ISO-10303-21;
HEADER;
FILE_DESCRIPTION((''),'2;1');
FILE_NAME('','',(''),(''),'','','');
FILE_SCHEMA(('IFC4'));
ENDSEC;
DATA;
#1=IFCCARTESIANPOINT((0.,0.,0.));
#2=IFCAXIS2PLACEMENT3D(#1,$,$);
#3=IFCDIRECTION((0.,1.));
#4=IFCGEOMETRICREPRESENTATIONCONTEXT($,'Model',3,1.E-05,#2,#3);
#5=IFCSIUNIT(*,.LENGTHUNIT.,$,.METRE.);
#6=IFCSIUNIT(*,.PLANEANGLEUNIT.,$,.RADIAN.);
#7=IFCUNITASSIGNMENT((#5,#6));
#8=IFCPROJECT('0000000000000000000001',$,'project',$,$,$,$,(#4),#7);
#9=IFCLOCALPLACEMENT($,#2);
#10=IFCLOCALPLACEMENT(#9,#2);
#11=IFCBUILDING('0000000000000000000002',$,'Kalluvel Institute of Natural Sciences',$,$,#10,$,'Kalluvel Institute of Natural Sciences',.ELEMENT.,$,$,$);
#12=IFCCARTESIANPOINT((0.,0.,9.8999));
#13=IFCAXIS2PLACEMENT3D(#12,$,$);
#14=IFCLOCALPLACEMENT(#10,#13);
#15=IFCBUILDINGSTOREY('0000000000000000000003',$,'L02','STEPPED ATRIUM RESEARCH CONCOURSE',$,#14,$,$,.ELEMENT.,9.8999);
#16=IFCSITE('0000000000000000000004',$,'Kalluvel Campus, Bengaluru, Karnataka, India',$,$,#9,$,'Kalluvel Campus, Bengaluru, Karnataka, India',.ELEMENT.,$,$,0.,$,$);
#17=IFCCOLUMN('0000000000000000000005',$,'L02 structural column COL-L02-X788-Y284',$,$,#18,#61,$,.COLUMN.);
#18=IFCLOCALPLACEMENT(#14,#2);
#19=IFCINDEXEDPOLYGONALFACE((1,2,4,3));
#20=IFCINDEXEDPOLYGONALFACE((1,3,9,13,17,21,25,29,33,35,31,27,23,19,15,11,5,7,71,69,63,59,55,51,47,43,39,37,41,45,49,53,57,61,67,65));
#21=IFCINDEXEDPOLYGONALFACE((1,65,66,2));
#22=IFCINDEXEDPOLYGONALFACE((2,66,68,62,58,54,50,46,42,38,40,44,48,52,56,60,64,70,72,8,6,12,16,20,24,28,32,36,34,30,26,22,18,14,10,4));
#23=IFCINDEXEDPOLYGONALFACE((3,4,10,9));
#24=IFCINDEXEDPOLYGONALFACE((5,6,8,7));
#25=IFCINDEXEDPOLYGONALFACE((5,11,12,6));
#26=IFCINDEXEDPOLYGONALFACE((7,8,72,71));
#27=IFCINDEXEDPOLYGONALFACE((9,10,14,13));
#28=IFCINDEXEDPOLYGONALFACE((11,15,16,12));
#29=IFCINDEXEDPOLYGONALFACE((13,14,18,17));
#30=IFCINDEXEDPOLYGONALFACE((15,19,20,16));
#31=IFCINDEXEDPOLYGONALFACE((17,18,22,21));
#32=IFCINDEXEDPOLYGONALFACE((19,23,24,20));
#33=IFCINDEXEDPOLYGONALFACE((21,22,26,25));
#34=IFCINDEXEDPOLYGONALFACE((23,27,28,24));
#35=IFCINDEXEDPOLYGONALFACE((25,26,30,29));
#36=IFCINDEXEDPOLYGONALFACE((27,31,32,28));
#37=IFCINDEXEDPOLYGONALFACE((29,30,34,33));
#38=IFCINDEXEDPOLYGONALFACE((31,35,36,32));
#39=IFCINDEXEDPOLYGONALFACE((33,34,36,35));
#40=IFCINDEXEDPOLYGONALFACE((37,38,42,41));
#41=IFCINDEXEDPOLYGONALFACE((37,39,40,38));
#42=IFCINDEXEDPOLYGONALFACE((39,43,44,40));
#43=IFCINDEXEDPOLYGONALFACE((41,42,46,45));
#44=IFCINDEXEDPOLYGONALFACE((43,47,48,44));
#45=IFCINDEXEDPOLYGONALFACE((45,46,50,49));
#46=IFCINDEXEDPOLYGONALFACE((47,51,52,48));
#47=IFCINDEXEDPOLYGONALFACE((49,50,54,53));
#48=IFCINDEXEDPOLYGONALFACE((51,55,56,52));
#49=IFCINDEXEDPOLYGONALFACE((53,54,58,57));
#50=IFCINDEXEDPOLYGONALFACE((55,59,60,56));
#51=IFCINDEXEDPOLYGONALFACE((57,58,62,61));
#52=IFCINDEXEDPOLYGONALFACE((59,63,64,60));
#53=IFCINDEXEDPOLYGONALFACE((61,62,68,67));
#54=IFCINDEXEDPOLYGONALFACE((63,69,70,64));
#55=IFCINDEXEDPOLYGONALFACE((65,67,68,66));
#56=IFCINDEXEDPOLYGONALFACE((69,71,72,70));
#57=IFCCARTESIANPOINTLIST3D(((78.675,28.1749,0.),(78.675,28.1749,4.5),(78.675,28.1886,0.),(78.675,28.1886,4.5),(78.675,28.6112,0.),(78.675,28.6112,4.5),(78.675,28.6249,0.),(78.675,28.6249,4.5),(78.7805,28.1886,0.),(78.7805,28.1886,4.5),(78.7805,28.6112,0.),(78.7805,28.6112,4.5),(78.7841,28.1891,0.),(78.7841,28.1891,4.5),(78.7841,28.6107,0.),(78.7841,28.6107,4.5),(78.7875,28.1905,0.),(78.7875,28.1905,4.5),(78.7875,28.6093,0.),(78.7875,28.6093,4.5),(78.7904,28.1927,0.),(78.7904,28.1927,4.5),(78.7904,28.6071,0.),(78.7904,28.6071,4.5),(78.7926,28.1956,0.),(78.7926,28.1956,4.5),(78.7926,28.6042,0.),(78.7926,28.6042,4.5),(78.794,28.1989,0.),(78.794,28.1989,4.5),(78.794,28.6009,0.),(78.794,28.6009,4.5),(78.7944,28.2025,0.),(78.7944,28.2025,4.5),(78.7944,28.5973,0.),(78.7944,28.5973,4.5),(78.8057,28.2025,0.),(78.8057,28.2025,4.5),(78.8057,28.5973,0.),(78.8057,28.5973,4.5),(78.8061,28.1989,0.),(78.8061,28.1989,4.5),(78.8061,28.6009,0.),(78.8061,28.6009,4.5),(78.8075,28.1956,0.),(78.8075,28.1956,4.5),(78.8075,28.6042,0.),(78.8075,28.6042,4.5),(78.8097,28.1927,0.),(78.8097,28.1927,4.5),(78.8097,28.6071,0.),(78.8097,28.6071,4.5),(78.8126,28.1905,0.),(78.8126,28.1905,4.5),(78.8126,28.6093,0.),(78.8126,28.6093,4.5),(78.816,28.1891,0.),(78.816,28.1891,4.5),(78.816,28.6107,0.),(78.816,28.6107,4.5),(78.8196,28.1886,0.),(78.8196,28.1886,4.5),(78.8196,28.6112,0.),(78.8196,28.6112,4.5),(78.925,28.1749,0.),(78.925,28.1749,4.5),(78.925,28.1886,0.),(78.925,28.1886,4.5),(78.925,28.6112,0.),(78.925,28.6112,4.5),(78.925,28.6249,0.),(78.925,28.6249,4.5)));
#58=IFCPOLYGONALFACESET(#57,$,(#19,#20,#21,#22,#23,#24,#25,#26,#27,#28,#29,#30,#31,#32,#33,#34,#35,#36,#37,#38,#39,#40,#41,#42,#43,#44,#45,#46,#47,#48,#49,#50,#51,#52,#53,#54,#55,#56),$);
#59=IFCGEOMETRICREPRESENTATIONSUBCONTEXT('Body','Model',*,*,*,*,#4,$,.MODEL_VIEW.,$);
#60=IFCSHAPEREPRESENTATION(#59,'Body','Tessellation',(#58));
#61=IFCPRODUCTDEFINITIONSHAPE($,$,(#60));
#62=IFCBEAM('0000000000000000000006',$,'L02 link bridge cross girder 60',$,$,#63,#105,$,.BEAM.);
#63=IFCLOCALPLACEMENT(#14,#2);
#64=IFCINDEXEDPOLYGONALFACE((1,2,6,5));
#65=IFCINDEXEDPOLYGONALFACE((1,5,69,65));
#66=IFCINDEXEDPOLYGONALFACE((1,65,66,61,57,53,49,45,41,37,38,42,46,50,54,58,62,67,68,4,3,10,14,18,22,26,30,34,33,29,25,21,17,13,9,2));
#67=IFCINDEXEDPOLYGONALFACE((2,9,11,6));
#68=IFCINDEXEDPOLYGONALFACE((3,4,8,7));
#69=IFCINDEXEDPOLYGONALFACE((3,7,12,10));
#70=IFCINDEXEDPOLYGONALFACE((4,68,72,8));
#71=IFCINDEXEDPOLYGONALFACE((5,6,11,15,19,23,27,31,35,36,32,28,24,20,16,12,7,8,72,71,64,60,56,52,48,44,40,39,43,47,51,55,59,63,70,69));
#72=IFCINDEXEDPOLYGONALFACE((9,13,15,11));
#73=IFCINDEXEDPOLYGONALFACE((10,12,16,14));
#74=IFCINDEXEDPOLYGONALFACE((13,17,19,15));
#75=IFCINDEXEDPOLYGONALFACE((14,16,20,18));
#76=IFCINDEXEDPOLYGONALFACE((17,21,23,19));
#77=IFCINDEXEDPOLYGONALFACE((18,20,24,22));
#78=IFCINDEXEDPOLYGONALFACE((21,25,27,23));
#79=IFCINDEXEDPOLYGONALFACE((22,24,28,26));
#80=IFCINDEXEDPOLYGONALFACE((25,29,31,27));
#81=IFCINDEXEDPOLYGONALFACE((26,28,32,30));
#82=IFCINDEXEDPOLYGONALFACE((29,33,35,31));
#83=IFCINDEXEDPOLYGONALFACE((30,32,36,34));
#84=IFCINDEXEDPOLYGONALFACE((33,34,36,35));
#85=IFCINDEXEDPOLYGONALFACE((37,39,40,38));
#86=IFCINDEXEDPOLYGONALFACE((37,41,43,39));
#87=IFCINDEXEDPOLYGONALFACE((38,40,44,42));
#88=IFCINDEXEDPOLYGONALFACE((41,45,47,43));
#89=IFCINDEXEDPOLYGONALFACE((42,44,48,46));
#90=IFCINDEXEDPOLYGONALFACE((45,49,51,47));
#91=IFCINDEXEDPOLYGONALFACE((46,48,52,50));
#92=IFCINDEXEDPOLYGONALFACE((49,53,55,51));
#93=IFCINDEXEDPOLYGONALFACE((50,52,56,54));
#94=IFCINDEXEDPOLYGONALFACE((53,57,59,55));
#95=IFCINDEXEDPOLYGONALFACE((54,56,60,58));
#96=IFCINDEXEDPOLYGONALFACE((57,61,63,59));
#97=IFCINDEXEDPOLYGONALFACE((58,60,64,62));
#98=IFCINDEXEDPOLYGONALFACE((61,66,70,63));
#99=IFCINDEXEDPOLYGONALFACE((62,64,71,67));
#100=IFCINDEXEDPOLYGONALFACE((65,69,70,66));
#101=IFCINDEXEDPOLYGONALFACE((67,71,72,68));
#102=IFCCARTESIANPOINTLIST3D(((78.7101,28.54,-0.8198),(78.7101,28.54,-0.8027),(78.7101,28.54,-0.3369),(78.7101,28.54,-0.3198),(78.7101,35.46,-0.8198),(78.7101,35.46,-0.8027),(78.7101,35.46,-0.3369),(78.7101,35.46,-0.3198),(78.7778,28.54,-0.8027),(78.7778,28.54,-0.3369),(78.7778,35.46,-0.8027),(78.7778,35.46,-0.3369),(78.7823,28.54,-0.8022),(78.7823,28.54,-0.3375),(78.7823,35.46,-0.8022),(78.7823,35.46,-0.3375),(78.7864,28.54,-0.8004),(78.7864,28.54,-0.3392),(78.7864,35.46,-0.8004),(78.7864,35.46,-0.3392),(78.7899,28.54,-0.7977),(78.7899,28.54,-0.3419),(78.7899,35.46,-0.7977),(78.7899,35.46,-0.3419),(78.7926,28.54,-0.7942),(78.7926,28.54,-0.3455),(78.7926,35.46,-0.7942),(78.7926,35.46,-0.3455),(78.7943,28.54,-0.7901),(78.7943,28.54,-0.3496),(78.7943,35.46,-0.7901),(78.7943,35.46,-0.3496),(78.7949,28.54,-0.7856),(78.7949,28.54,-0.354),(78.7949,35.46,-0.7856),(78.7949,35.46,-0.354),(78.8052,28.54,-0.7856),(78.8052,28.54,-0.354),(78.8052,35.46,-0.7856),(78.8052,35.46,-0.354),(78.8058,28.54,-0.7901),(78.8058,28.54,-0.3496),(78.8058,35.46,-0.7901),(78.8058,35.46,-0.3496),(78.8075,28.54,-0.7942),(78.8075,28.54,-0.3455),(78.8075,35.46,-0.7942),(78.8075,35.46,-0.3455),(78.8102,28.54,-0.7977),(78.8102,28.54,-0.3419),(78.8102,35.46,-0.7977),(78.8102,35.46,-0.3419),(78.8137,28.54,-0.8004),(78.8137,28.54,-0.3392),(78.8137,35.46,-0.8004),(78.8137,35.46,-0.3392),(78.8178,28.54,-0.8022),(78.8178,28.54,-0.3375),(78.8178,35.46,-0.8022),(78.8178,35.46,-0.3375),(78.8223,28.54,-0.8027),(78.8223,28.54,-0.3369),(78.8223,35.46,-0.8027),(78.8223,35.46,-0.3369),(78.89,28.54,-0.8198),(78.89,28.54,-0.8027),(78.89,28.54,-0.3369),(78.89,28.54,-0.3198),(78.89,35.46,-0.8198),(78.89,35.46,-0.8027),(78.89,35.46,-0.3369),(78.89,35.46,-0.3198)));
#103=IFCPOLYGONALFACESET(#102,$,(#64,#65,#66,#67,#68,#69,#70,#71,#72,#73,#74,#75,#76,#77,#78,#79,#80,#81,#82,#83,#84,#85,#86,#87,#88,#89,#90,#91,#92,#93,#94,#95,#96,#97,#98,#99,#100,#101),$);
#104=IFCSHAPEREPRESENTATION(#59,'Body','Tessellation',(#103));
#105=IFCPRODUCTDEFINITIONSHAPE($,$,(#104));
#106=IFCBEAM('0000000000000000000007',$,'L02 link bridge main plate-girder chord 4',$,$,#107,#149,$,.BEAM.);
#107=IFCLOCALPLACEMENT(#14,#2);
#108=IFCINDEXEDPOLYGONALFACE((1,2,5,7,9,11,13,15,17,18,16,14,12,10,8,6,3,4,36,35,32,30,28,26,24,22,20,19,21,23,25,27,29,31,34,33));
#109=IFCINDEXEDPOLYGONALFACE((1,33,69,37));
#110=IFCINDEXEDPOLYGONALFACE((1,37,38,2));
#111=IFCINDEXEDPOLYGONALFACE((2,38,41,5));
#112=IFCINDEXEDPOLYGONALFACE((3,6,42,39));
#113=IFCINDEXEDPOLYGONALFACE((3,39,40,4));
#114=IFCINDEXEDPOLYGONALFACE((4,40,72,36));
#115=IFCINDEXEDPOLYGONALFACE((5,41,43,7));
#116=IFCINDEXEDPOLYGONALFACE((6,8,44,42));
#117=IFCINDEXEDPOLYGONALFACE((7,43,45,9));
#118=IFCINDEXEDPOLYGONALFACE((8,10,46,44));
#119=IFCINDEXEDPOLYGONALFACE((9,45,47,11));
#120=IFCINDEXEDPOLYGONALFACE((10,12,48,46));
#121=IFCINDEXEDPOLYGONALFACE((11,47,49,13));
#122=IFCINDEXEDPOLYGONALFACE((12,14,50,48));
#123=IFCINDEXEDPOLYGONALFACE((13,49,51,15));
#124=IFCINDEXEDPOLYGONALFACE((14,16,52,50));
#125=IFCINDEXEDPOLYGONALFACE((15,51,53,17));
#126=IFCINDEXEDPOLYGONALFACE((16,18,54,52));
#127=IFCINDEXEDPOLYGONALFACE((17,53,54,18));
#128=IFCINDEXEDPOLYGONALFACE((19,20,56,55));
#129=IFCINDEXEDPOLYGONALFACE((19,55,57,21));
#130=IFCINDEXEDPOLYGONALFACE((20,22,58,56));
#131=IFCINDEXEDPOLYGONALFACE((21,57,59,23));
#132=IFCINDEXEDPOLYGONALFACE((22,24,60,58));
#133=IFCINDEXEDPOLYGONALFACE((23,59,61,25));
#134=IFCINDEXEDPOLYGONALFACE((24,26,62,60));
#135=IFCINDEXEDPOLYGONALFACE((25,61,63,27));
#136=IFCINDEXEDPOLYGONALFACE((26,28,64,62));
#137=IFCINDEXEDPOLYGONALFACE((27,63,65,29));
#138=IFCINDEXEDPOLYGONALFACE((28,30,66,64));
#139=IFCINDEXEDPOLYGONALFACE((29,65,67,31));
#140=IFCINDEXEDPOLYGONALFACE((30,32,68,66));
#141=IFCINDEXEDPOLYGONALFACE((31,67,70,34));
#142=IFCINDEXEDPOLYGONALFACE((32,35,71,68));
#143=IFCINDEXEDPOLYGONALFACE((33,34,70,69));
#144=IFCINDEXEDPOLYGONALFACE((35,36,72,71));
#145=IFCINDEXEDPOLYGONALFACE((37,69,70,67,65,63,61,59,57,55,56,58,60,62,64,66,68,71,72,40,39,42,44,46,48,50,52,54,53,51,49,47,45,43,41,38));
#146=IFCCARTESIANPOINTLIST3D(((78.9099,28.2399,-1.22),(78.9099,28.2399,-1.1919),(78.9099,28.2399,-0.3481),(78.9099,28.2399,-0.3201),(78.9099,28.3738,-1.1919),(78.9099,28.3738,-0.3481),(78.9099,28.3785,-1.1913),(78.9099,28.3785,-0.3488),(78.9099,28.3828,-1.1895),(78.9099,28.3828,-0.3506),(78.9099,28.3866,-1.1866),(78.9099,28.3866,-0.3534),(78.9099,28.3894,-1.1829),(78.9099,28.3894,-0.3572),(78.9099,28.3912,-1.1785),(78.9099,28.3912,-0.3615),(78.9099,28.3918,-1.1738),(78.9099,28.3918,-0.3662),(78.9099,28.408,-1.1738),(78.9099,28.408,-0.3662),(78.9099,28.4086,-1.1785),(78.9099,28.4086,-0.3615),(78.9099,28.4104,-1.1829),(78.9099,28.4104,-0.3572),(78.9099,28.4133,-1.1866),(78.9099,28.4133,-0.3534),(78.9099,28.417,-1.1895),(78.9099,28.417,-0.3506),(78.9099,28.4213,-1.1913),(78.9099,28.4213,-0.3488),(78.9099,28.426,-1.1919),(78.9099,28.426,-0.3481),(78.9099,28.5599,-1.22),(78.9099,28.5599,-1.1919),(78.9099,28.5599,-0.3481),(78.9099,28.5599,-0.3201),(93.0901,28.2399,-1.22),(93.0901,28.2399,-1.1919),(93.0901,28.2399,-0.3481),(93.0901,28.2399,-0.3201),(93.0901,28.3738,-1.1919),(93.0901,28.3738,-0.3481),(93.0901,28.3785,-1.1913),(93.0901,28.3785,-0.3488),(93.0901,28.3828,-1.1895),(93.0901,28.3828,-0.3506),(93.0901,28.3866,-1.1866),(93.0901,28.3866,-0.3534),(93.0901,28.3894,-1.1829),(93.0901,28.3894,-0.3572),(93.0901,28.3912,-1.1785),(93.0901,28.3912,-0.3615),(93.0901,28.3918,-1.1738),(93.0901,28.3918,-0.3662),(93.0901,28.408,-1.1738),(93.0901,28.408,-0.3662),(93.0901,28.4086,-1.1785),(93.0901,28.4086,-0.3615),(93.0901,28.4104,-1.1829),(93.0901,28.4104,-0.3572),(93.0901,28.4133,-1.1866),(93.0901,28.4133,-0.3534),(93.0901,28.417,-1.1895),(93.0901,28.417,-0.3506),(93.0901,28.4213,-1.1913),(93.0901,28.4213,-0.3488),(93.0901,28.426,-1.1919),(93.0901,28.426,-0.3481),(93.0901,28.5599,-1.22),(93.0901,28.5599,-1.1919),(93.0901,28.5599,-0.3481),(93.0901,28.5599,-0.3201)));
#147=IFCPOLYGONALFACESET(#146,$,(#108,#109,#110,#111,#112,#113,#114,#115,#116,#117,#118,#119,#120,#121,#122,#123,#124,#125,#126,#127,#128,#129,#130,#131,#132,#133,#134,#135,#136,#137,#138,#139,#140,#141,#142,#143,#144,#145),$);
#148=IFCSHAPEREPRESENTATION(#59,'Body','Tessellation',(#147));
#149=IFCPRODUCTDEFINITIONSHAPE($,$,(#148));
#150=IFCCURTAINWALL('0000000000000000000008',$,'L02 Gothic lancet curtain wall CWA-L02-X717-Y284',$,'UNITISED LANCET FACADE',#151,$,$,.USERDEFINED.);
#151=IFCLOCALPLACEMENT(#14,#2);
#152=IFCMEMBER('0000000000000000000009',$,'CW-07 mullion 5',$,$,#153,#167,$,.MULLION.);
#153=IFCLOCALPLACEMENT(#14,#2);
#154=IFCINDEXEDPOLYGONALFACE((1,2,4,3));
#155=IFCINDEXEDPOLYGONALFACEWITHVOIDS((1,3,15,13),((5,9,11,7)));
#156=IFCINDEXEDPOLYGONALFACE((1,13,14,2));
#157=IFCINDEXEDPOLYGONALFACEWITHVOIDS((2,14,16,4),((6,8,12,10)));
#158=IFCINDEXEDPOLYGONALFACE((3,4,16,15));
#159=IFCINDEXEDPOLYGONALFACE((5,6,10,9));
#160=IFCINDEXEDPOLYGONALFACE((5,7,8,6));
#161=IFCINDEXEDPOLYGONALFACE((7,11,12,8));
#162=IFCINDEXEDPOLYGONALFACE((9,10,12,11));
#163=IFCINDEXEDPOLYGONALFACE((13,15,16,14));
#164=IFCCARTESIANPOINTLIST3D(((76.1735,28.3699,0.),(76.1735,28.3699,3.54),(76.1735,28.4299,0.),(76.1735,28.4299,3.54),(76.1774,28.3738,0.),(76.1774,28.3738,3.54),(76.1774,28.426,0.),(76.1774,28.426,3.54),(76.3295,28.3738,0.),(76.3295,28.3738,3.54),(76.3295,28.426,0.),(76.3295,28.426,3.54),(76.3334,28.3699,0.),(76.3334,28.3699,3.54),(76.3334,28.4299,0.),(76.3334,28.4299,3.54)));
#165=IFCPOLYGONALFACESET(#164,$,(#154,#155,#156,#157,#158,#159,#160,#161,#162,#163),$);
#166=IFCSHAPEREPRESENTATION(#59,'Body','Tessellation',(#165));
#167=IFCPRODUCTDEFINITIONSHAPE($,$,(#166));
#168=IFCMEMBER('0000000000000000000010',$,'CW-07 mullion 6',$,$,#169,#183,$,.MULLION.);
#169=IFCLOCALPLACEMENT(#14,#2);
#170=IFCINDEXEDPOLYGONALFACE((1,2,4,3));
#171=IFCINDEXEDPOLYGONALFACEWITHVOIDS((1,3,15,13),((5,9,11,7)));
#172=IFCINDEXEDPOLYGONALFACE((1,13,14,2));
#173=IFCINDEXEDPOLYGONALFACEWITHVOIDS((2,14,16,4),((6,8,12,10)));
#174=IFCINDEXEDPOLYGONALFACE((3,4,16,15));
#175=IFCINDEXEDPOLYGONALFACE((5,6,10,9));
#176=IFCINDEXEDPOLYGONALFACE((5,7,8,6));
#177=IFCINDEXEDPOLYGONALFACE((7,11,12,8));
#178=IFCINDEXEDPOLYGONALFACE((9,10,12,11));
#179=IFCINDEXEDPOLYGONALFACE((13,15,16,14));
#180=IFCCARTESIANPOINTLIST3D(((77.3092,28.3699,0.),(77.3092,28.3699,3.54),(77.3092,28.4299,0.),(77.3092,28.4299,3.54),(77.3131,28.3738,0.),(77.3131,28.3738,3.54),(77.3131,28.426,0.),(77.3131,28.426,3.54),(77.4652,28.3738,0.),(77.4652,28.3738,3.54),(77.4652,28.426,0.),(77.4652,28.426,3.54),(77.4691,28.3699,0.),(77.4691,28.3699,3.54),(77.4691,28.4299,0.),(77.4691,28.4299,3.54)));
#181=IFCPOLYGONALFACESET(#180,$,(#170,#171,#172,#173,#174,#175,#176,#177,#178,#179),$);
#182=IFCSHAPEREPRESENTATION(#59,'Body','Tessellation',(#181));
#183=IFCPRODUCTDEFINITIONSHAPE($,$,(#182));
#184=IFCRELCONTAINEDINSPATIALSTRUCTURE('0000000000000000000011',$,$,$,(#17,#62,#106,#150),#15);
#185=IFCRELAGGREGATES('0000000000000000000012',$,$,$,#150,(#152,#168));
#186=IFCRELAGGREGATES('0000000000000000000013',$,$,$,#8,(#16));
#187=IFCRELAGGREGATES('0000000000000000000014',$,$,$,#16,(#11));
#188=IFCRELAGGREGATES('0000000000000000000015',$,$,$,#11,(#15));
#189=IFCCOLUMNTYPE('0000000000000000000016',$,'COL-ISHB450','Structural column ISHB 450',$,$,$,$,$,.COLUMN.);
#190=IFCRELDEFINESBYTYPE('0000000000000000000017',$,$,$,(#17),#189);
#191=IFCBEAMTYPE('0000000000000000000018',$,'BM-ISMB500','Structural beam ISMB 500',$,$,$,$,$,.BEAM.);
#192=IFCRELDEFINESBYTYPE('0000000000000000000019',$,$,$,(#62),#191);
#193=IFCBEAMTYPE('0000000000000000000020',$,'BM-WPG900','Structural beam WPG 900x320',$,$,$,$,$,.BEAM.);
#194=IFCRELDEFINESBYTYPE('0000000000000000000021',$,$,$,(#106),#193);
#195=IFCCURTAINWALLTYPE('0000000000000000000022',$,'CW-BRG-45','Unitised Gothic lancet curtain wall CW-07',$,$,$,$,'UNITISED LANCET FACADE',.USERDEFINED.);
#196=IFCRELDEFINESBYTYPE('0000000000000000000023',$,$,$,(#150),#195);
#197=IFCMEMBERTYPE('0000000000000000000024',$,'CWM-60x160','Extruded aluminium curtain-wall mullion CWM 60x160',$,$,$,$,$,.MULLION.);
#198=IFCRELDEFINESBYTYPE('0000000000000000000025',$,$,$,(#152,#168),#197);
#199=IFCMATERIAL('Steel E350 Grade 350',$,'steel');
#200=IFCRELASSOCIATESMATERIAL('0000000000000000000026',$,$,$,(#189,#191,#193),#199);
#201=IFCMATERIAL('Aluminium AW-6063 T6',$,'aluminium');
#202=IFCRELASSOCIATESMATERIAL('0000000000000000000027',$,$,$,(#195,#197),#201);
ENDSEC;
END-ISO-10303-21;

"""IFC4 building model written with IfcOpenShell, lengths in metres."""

from ifc_helpers import new_model, si_unit, direction, frame, origin, origin_2d, place, context, subcontext, project, spatial, hollow_rectangle, i_section, extrude, material, material_profile, profile_set, type_object, element, aggregate, save


model = new_model("IFC4")

# Units and contexts
model_context = context("Model", 3, precision=1e-05, world=origin(), true_north=direction((0.0, 1.0)))
body_context = subcontext(model_context, "Body", "Model", "MODEL_VIEW")
ifc_project = project(units=[si_unit("LENGTHUNIT", "METRE"), si_unit("PLANEANGLEUNIT", "RADIAN")], contexts=[model_context])

# Site, building, storey
site_placement = place(None, origin())
site = spatial("IfcSite", under=ifc_project, at=site_placement, Name="Kalluvel Campus, Bengaluru, Karnataka, India", LongName="Kalluvel Campus, Bengaluru, Karnataka, India", CompositionType="ELEMENT", RefElevation=0.0)
building_placement = place(site_placement, origin())
building = spatial("IfcBuilding", under=site, at=building_placement, Name="Kalluvel Institute of Natural Sciences", LongName="Kalluvel Institute of Natural Sciences", CompositionType="ELEMENT")
storey_placement = place(building_placement, frame((0.0, 0.0, 9.8999)))
storey = spatial("IfcBuildingStorey", under=building, at=storey_placement, Name="L02", Description="STEPPED ATRIUM RESEARCH CONCOURSE", CompositionType="ELEMENT", Elevation=9.8999)

# Column
ifc_material_1 = material(Name="Steel E350 Grade 350", Category="steel")
ifc_material_profile_1 = material_profile(ifc_material_1, i_section(OverallWidth=0.25, OverallDepth=0.45, WebThickness=0.0112, FlangeThickness=0.0137, FilletRadius=0.0139, at=origin_2d()), Name="ISHB 450")
ifc_profile_set_1 = profile_set([ifc_material_profile_1], Name="Steel E350 Grade 350")
column_type = type_object("IfcColumnType", Name="COL-ISHB450", Description="Structural column ISHB 450", PredefinedType="COLUMN", material=ifc_profile_set_1)
column_placement = place(storey_placement, frame((78.8, 28.3999, 0.0), z_axis=(0.0, 0.0, 1.0), x_axis=(1.0, 0.0, 0.0)))
element("IfcColumn", 1, at=column_placement, inside=storey, type_object=column_type, Name="L02 structural column COL-L02-X788-Y284", PredefinedType="COLUMN", context=body_context, shape_type="SweptSolid", body=[
    extrude(i_section(OverallWidth=0.25, OverallDepth=0.45, WebThickness=0.0112, FlangeThickness=0.0137, FilletRadius=0.0139, at=origin_2d()), origin(), (0.0, 0.0, 1.0), 4.5),
])

# Beams
ifc_material_profile_2 = material_profile(ifc_material_1, i_section(OverallWidth=0.1799, OverallDepth=0.5, WebThickness=0.0103, FlangeThickness=0.0171, FilletRadius=0.0171, at=origin_2d()), Name="ISMB 500")
ifc_profile_set_2 = profile_set([ifc_material_profile_2], Name="Steel E350 Grade 350")
beam_type_1 = type_object("IfcBeamType", Name="BM-ISMB500", Description="Structural beam ISMB 500", PredefinedType="BEAM", material=ifc_profile_set_2)
beam_1_placement = place(storey_placement, frame((78.8, 28.54, -0.5698), z_axis=(0.0, 1.0, 0.0), x_axis=(-1.0, 0.0, 0.0)))
element("IfcBeam", 2, at=beam_1_placement, inside=storey, type_object=beam_type_1, Name="L02 link bridge cross girder 60", PredefinedType="BEAM", context=body_context, shape_type="SweptSolid", body=[
    extrude(i_section(OverallWidth=0.1799, OverallDepth=0.5, WebThickness=0.0103, FlangeThickness=0.0171, FilletRadius=0.0171, at=origin_2d()), origin(), (0.0, 0.0, 1.0), 6.9199),
])
ifc_material_profile_3 = material_profile(ifc_material_1, i_section(OverallWidth=0.3201, OverallDepth=0.8999, WebThickness=0.0161, FlangeThickness=0.0281, FilletRadius=0.0181, at=origin_2d()), Name="WPG 900x320")
ifc_profile_set_3 = profile_set([ifc_material_profile_3], Name="Steel E350 Grade 350")
beam_type_2 = type_object("IfcBeamType", Name="BM-WPG900", Description="Structural beam WPG 900x320", PredefinedType="BEAM", material=ifc_profile_set_3)
beam_2_placement = place(storey_placement, frame((78.9099, 28.3999, -0.77), z_axis=(1.0, 0.0, 0.0), x_axis=(0.0, 1.0, 0.0)))
element("IfcBeam", 3, at=beam_2_placement, inside=storey, type_object=beam_type_2, Name="L02 link bridge main plate-girder chord 4", PredefinedType="BEAM", context=body_context, shape_type="SweptSolid", body=[
    extrude(i_section(OverallWidth=0.3201, OverallDepth=0.8999, WebThickness=0.0161, FlangeThickness=0.0281, FilletRadius=0.0181, at=origin_2d()), origin(), (0.0, 0.0, 1.0), 14.1802),
])

# Curtain wall, members
ifc_material_2 = material(Name="Aluminium AW-6063 T6", Category="aluminium")
curtain_wall_type = type_object("IfcCurtainWallType", Name="CW-BRG-45", Description="Unitised Gothic lancet curtain wall CW-07", ElementType="UNITISED LANCET FACADE", PredefinedType="USERDEFINED", material=ifc_material_2)
curtain_wall_1_placement = place(storey_placement, origin())
curtain_wall_1 = element("IfcCurtainWall", 4, at=curtain_wall_1_placement, inside=storey, type_object=curtain_wall_type, Name="L02 Gothic lancet curtain wall CWA-L02-X717-Y284", ObjectType="UNITISED LANCET FACADE", PredefinedType="USERDEFINED")
ifc_material_profile_4 = material_profile(ifc_material_2, hollow_rectangle(XDim=0.0601, YDim=0.1599, WallThickness=0.0039, at=origin_2d()), Name="CWM 60x160")
ifc_profile_set_4 = profile_set([ifc_material_profile_4], Name="Aluminium AW-6063 T6")
member_type_1 = type_object("IfcMemberType", Name="CWM-60x160", Description="Extruded aluminium curtain-wall mullion CWM 60x160", PredefinedType="MULLION", material=ifc_profile_set_4)
member_1_placement = place(storey_placement, frame((76.2534, 28.3999, 0.0), z_axis=(0.0, 0.0, 1.0), x_axis=(0.0, 1.0, 0.0)))
member_1 = element("IfcMember", 5, at=member_1_placement, type_object=member_type_1, Name="CW-07 mullion 5", PredefinedType="MULLION", context=body_context, shape_type="SweptSolid", body=[
    extrude(hollow_rectangle(XDim=0.0601, YDim=0.1599, WallThickness=0.0039, at=origin_2d()), origin(), (0.0, 0.0, 1.0), 3.54),
])
member_2_placement = place(storey_placement, frame((77.3892, 28.3999, 0.0), z_axis=(0.0, 0.0, 1.0), x_axis=(0.0, 1.0, 0.0)))
member_2 = element("IfcMember", 6, at=member_2_placement, type_object=member_type_1, Name="CW-07 mullion 6", PredefinedType="MULLION", context=body_context, shape_type="SweptSolid", body=[
    extrude(hollow_rectangle(XDim=0.0601, YDim=0.1599, WallThickness=0.0039, at=origin_2d()), origin(), (0.0, 0.0, 1.0), 3.54),
])

aggregate(curtain_wall_1, [member_1, member_2])

save(model, "model.ifc")
